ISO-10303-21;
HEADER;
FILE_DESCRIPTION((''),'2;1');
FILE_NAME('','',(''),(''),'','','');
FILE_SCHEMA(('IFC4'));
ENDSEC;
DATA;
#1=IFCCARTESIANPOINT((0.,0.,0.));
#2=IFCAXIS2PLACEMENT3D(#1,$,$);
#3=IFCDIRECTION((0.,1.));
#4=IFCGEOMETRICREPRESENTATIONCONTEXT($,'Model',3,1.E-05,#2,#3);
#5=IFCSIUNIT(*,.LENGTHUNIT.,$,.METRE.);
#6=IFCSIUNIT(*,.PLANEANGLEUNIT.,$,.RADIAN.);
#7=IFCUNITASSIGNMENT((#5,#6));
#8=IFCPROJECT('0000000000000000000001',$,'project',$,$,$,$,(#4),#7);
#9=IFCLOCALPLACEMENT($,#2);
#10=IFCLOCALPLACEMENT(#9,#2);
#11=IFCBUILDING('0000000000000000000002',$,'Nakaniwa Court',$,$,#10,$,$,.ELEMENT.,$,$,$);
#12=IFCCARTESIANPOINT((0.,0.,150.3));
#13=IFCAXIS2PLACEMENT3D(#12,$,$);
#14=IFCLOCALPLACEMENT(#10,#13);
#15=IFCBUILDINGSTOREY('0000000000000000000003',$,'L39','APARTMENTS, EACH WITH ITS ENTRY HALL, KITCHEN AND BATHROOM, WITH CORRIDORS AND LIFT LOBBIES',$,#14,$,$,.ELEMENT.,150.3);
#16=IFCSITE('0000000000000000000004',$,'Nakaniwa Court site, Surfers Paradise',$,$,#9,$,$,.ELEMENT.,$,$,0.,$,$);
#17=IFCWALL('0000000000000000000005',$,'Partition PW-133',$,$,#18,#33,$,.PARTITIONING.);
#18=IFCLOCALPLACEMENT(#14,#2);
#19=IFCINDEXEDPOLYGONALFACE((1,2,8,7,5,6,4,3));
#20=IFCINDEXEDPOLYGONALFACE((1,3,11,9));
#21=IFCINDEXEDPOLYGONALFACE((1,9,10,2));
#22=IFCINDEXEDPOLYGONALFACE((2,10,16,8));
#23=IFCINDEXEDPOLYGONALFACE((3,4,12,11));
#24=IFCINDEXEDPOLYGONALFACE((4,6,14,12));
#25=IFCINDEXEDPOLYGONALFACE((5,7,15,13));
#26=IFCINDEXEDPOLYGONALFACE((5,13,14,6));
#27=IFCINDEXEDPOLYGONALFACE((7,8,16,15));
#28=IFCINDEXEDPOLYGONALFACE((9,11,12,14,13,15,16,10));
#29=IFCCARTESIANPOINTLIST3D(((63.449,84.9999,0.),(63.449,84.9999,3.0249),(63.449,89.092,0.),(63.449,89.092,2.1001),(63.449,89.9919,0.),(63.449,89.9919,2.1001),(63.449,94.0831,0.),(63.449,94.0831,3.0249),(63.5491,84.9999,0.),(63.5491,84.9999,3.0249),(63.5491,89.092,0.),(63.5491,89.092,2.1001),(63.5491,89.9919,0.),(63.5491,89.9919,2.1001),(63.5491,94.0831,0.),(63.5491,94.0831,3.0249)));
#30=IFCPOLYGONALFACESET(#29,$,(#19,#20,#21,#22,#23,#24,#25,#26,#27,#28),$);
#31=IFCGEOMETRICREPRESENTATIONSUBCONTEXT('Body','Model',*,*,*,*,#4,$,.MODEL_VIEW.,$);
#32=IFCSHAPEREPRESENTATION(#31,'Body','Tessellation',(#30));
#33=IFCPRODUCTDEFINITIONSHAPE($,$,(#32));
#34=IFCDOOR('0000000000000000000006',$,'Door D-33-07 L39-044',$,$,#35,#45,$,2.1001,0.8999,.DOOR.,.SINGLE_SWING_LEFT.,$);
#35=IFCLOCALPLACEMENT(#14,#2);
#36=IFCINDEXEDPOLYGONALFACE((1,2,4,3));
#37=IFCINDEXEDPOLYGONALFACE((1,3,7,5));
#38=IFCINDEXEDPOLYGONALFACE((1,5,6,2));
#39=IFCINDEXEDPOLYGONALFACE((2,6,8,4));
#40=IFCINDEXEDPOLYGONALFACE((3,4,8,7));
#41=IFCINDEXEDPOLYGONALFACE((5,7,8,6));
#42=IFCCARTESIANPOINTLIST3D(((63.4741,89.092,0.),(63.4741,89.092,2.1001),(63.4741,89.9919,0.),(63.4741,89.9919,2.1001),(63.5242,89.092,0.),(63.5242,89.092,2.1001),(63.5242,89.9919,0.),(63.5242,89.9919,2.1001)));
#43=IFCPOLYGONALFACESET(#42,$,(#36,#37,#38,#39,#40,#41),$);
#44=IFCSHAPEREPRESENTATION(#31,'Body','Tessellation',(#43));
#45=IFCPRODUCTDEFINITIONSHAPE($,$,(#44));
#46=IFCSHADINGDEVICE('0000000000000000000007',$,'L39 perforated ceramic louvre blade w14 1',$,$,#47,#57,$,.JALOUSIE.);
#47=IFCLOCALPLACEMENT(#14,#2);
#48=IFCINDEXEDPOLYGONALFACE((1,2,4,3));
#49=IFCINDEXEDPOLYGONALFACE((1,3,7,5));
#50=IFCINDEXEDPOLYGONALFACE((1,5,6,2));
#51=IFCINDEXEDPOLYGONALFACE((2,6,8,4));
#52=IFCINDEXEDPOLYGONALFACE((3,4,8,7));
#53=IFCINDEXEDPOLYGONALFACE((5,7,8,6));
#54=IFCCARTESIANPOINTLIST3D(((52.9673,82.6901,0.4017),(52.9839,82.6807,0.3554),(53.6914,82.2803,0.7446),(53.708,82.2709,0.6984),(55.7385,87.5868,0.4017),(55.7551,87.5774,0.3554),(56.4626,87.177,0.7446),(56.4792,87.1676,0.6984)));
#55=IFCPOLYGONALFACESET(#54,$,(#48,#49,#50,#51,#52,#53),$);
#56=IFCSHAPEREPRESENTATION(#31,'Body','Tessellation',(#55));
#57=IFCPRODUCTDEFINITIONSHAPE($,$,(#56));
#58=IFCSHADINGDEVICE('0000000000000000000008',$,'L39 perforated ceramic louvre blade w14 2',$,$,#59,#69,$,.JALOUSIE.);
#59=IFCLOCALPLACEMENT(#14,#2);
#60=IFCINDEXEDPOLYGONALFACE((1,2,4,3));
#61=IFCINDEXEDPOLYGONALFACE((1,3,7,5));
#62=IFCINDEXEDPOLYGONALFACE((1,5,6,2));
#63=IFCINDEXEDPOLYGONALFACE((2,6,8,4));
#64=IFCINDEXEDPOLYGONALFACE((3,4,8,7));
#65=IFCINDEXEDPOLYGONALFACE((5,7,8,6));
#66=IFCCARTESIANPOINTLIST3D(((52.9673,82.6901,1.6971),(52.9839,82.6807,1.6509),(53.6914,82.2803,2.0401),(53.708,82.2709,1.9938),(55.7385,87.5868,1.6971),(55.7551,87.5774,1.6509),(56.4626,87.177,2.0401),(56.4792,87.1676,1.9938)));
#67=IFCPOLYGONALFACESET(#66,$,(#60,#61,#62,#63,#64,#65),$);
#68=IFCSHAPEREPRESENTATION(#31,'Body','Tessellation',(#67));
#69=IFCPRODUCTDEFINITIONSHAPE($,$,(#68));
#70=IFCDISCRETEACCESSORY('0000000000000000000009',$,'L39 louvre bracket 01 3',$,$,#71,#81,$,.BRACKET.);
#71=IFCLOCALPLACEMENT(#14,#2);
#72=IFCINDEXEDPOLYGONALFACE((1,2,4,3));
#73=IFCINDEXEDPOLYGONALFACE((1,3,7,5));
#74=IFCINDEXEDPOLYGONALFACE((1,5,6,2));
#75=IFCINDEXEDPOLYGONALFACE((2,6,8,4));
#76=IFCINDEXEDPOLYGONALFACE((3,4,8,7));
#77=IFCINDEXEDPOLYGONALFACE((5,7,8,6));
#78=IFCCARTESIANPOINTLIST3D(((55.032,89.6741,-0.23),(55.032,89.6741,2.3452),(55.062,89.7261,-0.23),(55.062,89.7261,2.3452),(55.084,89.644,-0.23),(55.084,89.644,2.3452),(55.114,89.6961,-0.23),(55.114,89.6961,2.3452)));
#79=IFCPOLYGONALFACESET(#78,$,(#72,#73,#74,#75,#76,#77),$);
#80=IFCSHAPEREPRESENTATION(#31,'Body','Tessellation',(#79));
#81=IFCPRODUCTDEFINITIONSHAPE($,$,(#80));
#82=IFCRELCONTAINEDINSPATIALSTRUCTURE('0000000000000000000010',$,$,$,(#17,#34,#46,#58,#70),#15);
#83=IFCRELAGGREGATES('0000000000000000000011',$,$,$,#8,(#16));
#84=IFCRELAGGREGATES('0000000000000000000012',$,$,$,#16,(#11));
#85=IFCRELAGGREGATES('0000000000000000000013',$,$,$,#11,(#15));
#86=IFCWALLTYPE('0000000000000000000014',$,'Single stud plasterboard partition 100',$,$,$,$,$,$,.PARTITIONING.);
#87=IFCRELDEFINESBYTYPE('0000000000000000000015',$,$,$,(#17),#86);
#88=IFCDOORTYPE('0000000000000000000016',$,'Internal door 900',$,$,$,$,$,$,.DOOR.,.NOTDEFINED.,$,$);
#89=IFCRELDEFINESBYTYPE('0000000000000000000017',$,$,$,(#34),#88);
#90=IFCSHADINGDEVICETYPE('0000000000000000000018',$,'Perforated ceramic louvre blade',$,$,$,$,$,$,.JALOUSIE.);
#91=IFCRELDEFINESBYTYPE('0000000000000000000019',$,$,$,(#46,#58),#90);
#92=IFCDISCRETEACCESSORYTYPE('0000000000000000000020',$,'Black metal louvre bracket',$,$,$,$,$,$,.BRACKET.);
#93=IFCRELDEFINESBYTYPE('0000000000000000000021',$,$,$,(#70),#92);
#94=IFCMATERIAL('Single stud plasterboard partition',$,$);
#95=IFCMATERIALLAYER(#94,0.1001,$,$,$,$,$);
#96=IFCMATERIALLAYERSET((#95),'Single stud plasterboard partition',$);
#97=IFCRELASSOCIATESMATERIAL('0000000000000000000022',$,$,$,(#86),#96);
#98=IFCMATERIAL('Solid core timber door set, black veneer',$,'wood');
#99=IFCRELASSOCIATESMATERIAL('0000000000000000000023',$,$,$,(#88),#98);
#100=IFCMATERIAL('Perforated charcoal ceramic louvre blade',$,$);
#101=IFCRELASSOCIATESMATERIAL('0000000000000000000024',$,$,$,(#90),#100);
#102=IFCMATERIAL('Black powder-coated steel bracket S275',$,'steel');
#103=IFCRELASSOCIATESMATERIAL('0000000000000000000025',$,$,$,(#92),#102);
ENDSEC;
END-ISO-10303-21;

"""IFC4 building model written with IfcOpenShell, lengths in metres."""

from ifc_helpers import new_model, si_unit, direction, frame, frame_2d, origin, origin_2d, place, context, subcontext, project, spatial, rectangle, extrude, material, layer, layer_set, material_profile, profile_set, type_object, element, fill, save


model = new_model("IFC4")

# Units and contexts
model_context = context("Model", 3, precision=1e-05, world=origin(), true_north=direction((0.0, 1.0)))
body_context = subcontext(model_context, "Body", "Model", "MODEL_VIEW")
ifc_project = project(units=[si_unit("LENGTHUNIT", "METRE"), si_unit("PLANEANGLEUNIT", "RADIAN")], contexts=[model_context])

# Site, building, storey
site_placement = place(None, origin())
site = spatial("IfcSite", under=ifc_project, at=site_placement, Name="Nakaniwa Court site, Surfers Paradise", CompositionType="ELEMENT", RefElevation=0.0)
building_placement = place(site_placement, origin())
building = spatial("IfcBuilding", under=site, at=building_placement, Name="Nakaniwa Court", CompositionType="ELEMENT")
storey_placement = place(building_placement, frame((0.0, 0.0, 150.3)))
storey = spatial("IfcBuildingStorey", under=building, at=storey_placement, Name="L39", Description="APARTMENTS, EACH WITH ITS ENTRY HALL, KITCHEN AND BATHROOM, WITH CORRIDORS AND LIFT LOBBIES", CompositionType="ELEMENT", Elevation=150.3)

# Shared definitions
ifc_material_1 = material(Name="Solid core timber door set, black veneer", Category="wood")

# Shared definitions
ifc_material_2 = material(Name="Single stud plasterboard partition")
ifc_layer_1 = layer(ifc_material_2, 0.1001)
ifc_layer_set_1 = layer_set([ifc_layer_1], Name="Single stud plasterboard partition")
wall_type_1 = type_object("IfcWallType", Name="Single stud plasterboard partition 100", PredefinedType="PARTITIONING", material=ifc_layer_set_1)
door_type_1 = type_object("IfcDoorType", Name="Internal door 900", OperationType="NOTDEFINED", PredefinedType="DOOR", material=ifc_material_1)

# Wall, opening, door
wall_1_placement = place(storey_placement, frame((63.499, 85.0, 0.0), z_axis=(0.0, 0.0, 1.0), x_axis=(0.0, 1.0, 0.0)))
wall_1 = element("IfcWall", 1, at=wall_1_placement, inside=storey, type_object=wall_type_1, Name="Partition PW-133", PredefinedType="PARTITIONING", context=body_context, shape_type="SweptSolid", body=[
    extrude(rectangle(XDim=9.0833, YDim=0.1001, at=frame_2d((4.5415, 0.0))), origin(), (0.0, 0.0, 1.0), 3.0249),
])
opening_1_placement = place(wall_1_placement, frame((4.092, 0.0, 0.0)))
opening_1 = element("IfcOpeningElement", 2, at=opening_1_placement, cuts=wall_1, PredefinedType="OPENING", context=body_context, shape_type="SweptSolid", body=[
    extrude(rectangle(XDim=0.8999, YDim=2.1001, at=frame_2d((0.45, 1.05))), frame((0.0, 0.0601, 0.0), z_axis=(0.0, -1.0, 0.0), x_axis=(1.0, 0.0, 0.0)), (0.0, 0.0, 1.0), 0.1201),
])
door_1_placement = place(opening_1_placement, origin())
door_1 = element("IfcDoor", 3, at=door_1_placement, inside=storey, type_object=door_type_1, Name="Door D-33-07 L39-044", OperationType="SINGLE_SWING_LEFT", OverallHeight=2.1001, OverallWidth=0.8999, PredefinedType="DOOR", context=body_context, shape_type="SweptSolid", body=[
    extrude(rectangle(XDim=0.8999, YDim=2.1001, at=frame_2d((0.45, 1.05))), frame((0.0, 0.0249, 0.0), z_axis=(0.0, -1.0, 0.0), x_axis=(1.0, 0.0, 0.0)), (0.0, 0.0, 1.0), 0.05),
])
fill(opening_1, door_1)

# Shading devices
ifc_material_3 = material(Name="Perforated charcoal ceramic louvre blade")
ifc_material_profile_1 = material_profile(ifc_material_3, rectangle(XDim=0.8999, YDim=0.05, at=origin_2d()), Name="Perforated ceramic louvre blade")
ifc_profile_set_1 = profile_set([ifc_material_profile_1], Name="Perforated charcoal ceramic louvre blade")
shading_device_type = type_object("IfcShadingDeviceType", Name="Perforated ceramic louvre blade", PredefinedType="JALOUSIE", material=ifc_profile_set_1)
for number, where, z_axis, x_axis, name in (
    (4, (56.1089, 87.3772, 0.55), (-0.492532, -0.870294, 0.0), (0.804627, -0.455368, 0.38107), "L39 perforated ceramic louvre blade w14 1"),
    (5, (56.1089, 87.3772, 1.8455), (-0.492532, -0.870294, 0.0), (0.804627, -0.455368, 0.38107), "L39 perforated ceramic louvre blade w14 2"),
):
    element("IfcShadingDevice", number, at=place(storey_placement, frame(where, z_axis=z_axis, x_axis=x_axis)), inside=storey, type_object=shading_device_type, Name=name, PredefinedType="JALOUSIE", context=body_context, shape_type="SweptSolid", body=[
        extrude(rectangle(XDim=0.8999, YDim=0.05, at=origin_2d()), origin(), (0.0, 0.0, 1.0), 5.6265),
    ])

# Discrete accessory
ifc_material_4 = material(Name="Black powder-coated steel bracket S275", Category="steel")
discrete_accessory_type = type_object("IfcDiscreteAccessoryType", Name="Black metal louvre bracket", PredefinedType="BRACKET", material=ifc_material_4)
discrete_accessory_placement = place(storey_placement, frame((55.073, 89.6851, -0.23), z_axis=(0.0, 0.0, 1.0), x_axis=(-0.499976, -0.866039, 0.0)))
element("IfcDiscreteAccessory", 6, at=discrete_accessory_placement, inside=storey, type_object=discrete_accessory_type, Name="L39 louvre bracket 01 3", PredefinedType="BRACKET", context=body_context, shape_type="SweptSolid", body=[
    extrude(rectangle(XDim=0.0601, YDim=0.0601, at=origin_2d()), origin(), (0.0, 0.0, 1.0), 2.5752),
])

save(model, "model.ifc")
